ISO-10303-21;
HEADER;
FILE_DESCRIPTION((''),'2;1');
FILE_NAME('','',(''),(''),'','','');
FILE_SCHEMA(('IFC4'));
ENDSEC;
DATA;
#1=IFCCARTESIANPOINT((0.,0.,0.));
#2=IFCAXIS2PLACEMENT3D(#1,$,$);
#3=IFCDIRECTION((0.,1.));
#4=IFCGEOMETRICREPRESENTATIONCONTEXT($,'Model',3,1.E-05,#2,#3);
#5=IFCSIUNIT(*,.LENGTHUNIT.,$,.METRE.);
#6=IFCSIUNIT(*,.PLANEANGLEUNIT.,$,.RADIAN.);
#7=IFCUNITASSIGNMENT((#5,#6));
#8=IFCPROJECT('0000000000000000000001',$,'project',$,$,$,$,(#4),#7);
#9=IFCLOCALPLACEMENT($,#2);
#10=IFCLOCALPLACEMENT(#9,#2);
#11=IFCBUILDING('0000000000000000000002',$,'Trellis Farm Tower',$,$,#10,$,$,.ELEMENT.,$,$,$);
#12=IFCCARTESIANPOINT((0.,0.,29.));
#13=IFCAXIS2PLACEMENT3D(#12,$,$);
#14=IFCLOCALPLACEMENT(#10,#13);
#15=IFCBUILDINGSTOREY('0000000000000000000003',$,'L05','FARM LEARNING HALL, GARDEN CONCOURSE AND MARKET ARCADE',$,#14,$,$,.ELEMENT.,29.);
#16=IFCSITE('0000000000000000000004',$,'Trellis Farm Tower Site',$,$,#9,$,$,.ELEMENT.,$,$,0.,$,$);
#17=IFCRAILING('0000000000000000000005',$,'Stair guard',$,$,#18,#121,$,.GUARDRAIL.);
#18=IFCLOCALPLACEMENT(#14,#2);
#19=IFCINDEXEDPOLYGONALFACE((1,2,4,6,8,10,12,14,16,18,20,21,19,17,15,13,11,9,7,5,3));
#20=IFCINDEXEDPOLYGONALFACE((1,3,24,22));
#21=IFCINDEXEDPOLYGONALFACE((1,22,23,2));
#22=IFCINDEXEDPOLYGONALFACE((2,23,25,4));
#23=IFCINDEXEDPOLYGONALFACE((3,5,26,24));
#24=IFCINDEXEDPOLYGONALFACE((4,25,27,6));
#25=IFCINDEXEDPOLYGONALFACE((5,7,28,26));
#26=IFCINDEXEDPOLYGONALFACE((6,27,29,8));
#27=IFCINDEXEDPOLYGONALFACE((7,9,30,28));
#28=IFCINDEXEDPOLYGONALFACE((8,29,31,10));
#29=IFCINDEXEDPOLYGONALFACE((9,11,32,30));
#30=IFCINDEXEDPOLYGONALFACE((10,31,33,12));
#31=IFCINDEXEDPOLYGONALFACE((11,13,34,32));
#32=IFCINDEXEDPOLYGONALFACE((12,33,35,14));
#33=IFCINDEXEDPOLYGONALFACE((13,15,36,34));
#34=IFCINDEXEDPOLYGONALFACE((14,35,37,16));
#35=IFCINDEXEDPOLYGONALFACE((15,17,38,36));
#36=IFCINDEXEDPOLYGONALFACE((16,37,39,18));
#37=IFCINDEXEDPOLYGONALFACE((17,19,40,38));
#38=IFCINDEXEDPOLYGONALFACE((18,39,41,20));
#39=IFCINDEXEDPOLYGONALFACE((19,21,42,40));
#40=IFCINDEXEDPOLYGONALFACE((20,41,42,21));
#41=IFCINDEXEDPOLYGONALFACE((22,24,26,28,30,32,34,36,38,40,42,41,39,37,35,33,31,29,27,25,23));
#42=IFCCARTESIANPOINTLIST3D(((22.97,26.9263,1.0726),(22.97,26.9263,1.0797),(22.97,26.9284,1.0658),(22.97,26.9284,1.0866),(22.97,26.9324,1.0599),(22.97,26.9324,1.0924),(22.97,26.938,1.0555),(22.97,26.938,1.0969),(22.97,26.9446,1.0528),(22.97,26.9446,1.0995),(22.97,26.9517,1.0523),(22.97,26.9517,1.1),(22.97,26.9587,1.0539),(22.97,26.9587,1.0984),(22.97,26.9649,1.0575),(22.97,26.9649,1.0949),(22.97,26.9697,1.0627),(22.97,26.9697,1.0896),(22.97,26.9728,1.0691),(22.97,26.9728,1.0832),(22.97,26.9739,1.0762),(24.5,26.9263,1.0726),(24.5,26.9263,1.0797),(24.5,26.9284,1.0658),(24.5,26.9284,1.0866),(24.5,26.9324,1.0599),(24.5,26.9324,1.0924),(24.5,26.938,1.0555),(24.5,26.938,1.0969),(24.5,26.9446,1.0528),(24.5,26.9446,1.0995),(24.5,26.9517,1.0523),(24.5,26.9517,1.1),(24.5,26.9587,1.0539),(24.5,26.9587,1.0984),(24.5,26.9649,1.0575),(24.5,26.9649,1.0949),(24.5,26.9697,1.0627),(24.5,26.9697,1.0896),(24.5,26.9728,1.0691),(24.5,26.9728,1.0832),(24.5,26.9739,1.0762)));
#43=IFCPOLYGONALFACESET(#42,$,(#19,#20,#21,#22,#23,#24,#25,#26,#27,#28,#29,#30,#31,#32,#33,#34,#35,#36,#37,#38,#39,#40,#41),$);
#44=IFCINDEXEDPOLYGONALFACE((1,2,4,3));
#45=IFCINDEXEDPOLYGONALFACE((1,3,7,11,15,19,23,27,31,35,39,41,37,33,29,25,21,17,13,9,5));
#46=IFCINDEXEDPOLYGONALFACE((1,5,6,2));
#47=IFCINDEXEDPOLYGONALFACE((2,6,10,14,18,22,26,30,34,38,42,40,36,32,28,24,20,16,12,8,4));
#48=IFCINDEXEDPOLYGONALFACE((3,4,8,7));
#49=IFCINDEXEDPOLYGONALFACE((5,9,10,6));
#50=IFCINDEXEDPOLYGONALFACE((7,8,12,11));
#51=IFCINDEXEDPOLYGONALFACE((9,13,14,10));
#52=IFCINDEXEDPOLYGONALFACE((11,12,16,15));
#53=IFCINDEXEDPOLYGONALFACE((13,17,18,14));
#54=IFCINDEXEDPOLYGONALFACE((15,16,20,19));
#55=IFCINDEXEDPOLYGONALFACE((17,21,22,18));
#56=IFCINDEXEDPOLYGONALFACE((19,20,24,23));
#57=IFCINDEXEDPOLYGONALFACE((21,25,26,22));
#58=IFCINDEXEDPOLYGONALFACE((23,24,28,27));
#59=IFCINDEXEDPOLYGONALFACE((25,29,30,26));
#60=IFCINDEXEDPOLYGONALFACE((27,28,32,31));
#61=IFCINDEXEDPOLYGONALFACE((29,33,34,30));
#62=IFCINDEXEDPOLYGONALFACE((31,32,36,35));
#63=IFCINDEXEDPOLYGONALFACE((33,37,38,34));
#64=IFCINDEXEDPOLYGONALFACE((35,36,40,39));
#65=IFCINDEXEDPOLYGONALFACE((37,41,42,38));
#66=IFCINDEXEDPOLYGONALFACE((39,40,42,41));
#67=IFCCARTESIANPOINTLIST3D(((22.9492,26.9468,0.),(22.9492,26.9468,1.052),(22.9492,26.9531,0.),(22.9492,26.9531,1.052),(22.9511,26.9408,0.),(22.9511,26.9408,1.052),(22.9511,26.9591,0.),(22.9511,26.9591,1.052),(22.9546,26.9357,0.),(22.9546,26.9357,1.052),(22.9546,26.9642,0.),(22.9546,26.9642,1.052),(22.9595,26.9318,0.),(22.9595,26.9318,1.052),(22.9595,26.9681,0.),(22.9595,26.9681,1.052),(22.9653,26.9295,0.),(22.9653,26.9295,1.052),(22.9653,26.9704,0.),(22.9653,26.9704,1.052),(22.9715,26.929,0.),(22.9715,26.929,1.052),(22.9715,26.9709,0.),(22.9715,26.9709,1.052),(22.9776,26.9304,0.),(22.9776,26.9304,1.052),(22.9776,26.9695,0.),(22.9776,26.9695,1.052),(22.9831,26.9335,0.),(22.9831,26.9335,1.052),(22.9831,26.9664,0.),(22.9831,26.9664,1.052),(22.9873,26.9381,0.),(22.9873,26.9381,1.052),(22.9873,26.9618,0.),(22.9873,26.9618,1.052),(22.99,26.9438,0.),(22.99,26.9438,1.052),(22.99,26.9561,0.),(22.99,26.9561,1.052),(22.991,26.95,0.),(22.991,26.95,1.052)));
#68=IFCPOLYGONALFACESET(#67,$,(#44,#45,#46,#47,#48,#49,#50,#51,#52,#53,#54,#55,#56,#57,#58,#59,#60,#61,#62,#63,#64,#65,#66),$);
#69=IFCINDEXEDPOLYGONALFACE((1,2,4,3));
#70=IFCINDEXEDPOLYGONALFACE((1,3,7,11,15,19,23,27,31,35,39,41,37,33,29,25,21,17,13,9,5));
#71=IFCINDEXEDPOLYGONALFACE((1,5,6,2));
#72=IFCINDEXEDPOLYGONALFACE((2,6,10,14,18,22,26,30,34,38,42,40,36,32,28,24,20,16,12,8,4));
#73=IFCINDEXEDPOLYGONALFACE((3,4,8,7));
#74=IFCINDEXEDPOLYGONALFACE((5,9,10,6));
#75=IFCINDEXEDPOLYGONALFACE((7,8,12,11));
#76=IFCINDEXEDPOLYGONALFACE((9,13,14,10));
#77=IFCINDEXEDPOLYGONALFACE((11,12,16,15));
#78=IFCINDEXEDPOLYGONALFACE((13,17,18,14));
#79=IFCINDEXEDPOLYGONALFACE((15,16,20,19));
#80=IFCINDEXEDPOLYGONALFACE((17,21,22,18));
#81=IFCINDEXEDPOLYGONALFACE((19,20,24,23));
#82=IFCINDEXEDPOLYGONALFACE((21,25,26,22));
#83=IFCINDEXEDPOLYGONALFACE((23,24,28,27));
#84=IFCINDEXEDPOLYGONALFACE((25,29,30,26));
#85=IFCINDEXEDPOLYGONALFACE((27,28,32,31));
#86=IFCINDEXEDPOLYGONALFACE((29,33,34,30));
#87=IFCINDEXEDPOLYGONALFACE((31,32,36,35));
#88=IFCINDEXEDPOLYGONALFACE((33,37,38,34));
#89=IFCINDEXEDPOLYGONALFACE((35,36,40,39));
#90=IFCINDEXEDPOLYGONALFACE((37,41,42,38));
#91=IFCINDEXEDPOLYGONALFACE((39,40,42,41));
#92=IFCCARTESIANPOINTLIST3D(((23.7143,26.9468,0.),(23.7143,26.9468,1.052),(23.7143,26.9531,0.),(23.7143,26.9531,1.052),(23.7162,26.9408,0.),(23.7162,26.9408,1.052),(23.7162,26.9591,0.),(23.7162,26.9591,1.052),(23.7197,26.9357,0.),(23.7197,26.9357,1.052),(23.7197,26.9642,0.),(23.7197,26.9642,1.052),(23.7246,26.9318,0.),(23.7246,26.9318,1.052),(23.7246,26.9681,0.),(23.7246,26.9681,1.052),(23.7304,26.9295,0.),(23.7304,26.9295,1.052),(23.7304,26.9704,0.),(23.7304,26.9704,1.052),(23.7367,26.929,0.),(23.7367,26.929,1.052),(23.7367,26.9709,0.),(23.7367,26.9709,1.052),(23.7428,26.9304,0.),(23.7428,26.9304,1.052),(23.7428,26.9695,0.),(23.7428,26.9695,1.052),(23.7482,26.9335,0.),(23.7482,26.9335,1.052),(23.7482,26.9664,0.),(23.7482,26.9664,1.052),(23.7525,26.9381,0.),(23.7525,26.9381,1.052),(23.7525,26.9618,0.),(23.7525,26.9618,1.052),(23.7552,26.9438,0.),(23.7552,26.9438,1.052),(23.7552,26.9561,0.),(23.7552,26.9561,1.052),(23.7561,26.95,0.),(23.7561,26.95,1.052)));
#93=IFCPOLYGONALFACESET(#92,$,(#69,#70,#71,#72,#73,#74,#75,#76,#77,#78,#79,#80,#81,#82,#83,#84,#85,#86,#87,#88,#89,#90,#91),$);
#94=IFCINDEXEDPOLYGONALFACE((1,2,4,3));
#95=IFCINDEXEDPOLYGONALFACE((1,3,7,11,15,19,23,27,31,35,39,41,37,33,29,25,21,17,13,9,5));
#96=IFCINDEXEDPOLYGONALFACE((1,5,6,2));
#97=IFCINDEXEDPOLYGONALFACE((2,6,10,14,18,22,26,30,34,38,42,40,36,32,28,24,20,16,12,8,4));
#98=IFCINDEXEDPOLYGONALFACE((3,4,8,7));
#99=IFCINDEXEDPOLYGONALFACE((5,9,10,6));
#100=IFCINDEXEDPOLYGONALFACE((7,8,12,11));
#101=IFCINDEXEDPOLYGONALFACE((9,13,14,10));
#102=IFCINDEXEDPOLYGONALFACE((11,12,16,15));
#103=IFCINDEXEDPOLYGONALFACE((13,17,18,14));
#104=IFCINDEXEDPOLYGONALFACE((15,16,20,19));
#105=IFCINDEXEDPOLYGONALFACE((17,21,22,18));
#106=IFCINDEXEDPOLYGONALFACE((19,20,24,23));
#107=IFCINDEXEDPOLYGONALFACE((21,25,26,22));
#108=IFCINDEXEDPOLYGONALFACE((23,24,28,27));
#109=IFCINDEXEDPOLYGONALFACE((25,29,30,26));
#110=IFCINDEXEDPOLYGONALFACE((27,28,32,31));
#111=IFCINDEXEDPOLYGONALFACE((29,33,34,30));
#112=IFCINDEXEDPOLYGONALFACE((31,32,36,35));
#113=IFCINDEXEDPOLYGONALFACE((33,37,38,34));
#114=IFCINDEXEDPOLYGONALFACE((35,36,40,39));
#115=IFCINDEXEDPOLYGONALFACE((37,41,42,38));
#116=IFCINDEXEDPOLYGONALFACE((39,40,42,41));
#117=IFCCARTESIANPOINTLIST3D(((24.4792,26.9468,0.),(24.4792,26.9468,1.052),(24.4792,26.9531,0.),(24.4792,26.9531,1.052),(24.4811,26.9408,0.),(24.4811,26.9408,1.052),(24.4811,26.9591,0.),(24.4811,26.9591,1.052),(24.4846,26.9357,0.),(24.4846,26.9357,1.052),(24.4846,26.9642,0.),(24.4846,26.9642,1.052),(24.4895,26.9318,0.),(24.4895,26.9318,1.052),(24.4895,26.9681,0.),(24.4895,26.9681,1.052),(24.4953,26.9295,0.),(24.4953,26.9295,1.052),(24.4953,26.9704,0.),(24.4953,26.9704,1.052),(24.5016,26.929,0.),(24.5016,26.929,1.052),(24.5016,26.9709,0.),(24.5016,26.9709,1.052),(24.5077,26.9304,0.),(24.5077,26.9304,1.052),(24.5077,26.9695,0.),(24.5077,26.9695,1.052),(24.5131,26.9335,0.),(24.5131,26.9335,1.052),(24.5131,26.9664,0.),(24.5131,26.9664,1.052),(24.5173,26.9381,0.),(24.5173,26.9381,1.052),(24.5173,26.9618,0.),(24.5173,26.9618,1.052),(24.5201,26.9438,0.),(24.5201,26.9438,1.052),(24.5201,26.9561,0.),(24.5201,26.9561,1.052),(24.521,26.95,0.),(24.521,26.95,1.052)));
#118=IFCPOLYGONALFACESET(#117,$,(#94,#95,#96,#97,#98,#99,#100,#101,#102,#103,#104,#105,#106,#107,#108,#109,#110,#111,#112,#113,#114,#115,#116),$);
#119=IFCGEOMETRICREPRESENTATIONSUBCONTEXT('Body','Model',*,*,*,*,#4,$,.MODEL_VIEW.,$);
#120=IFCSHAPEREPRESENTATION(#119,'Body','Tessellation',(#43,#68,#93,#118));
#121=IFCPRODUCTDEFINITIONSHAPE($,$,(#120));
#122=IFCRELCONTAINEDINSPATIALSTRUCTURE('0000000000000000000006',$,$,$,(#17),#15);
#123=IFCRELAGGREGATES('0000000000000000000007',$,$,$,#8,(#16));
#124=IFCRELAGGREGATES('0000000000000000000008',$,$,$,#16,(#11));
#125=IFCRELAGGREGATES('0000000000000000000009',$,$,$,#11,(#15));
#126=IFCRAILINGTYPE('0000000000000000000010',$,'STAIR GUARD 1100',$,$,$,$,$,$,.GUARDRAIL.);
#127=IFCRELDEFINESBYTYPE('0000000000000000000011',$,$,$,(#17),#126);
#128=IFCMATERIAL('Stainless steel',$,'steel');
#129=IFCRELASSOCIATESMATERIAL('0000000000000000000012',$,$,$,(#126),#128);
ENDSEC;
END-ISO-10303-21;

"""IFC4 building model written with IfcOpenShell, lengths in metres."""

from ifc_helpers import new_model, si_unit, direction, frame, origin, origin_2d, place, context, subcontext, project, spatial, circle, extrude, source, transform, mapped, material, type_object, element, save


model = new_model("IFC4")

# Units and contexts
model_context = context("Model", 3, precision=1e-05, world=origin(), true_north=direction((0.0, 1.0)))
body_context = subcontext(model_context, "Body", "Model", "MODEL_VIEW")
ifc_project = project(units=[si_unit("LENGTHUNIT", "METRE"), si_unit("PLANEANGLEUNIT", "RADIAN")], contexts=[model_context])

# Site, building, storey
site_placement = place(None, origin())
site = spatial("IfcSite", under=ifc_project, at=site_placement, Name="Trellis Farm Tower Site", CompositionType="ELEMENT", RefElevation=0.0)
building_placement = place(site_placement, origin())
building = spatial("IfcBuilding", under=site, at=building_placement, Name="Trellis Farm Tower", CompositionType="ELEMENT")
storey_placement = place(building_placement, frame((0.0, 0.0, 29.0)))
storey = spatial("IfcBuildingStorey", under=building, at=storey_placement, Name="L05", Description="FARM LEARNING HALL, GARDEN CONCOURSE AND MARKET ARCADE", CompositionType="ELEMENT", Elevation=29.0)

# Railing
ifc_material_1 = material(Name="Stainless steel", Category="steel")
railing_type = type_object("IfcRailingType", Name="STAIR GUARD 1100", PredefinedType="GUARDRAIL", material=ifc_material_1)
shared_shape_1 = source(origin(), body_context, "Body", "SweptSolid", [
    extrude(circle(Radius=0.0239, at=origin_2d()), frame((0.0, 0.0, 1.0762), z_axis=(1.0, 0.0, 0.0), x_axis=(0.0, 1.0, 0.0)), (0.0, 0.0, 1.0), 1.53),
    extrude(circle(Radius=0.021, at=origin_2d()), origin(), (0.0, 0.0, 1.0), 1.052),
    extrude(circle(Radius=0.021, at=origin_2d()), frame((0.7651, 0.0, 0.0)), (0.0, 0.0, 1.0), 1.052),
    extrude(circle(Radius=0.021, at=origin_2d()), frame((1.53, 0.0, 0.0)), (0.0, 0.0, 1.0), 1.052),
])
for number, where, name in (
    (1, (22.97, 26.95, 0.0), "Stair guard"),
):
    element("IfcRailing", number, at=place(storey_placement, frame(where)), inside=storey, type_object=railing_type, Name=name, PredefinedType="GUARDRAIL", context=body_context, shape_type="MappedRepresentation", body=[
        mapped(shared_shape_1, transform((0.0, 0.0, 0.0))),
    ])

save(model, "model.ifc")
